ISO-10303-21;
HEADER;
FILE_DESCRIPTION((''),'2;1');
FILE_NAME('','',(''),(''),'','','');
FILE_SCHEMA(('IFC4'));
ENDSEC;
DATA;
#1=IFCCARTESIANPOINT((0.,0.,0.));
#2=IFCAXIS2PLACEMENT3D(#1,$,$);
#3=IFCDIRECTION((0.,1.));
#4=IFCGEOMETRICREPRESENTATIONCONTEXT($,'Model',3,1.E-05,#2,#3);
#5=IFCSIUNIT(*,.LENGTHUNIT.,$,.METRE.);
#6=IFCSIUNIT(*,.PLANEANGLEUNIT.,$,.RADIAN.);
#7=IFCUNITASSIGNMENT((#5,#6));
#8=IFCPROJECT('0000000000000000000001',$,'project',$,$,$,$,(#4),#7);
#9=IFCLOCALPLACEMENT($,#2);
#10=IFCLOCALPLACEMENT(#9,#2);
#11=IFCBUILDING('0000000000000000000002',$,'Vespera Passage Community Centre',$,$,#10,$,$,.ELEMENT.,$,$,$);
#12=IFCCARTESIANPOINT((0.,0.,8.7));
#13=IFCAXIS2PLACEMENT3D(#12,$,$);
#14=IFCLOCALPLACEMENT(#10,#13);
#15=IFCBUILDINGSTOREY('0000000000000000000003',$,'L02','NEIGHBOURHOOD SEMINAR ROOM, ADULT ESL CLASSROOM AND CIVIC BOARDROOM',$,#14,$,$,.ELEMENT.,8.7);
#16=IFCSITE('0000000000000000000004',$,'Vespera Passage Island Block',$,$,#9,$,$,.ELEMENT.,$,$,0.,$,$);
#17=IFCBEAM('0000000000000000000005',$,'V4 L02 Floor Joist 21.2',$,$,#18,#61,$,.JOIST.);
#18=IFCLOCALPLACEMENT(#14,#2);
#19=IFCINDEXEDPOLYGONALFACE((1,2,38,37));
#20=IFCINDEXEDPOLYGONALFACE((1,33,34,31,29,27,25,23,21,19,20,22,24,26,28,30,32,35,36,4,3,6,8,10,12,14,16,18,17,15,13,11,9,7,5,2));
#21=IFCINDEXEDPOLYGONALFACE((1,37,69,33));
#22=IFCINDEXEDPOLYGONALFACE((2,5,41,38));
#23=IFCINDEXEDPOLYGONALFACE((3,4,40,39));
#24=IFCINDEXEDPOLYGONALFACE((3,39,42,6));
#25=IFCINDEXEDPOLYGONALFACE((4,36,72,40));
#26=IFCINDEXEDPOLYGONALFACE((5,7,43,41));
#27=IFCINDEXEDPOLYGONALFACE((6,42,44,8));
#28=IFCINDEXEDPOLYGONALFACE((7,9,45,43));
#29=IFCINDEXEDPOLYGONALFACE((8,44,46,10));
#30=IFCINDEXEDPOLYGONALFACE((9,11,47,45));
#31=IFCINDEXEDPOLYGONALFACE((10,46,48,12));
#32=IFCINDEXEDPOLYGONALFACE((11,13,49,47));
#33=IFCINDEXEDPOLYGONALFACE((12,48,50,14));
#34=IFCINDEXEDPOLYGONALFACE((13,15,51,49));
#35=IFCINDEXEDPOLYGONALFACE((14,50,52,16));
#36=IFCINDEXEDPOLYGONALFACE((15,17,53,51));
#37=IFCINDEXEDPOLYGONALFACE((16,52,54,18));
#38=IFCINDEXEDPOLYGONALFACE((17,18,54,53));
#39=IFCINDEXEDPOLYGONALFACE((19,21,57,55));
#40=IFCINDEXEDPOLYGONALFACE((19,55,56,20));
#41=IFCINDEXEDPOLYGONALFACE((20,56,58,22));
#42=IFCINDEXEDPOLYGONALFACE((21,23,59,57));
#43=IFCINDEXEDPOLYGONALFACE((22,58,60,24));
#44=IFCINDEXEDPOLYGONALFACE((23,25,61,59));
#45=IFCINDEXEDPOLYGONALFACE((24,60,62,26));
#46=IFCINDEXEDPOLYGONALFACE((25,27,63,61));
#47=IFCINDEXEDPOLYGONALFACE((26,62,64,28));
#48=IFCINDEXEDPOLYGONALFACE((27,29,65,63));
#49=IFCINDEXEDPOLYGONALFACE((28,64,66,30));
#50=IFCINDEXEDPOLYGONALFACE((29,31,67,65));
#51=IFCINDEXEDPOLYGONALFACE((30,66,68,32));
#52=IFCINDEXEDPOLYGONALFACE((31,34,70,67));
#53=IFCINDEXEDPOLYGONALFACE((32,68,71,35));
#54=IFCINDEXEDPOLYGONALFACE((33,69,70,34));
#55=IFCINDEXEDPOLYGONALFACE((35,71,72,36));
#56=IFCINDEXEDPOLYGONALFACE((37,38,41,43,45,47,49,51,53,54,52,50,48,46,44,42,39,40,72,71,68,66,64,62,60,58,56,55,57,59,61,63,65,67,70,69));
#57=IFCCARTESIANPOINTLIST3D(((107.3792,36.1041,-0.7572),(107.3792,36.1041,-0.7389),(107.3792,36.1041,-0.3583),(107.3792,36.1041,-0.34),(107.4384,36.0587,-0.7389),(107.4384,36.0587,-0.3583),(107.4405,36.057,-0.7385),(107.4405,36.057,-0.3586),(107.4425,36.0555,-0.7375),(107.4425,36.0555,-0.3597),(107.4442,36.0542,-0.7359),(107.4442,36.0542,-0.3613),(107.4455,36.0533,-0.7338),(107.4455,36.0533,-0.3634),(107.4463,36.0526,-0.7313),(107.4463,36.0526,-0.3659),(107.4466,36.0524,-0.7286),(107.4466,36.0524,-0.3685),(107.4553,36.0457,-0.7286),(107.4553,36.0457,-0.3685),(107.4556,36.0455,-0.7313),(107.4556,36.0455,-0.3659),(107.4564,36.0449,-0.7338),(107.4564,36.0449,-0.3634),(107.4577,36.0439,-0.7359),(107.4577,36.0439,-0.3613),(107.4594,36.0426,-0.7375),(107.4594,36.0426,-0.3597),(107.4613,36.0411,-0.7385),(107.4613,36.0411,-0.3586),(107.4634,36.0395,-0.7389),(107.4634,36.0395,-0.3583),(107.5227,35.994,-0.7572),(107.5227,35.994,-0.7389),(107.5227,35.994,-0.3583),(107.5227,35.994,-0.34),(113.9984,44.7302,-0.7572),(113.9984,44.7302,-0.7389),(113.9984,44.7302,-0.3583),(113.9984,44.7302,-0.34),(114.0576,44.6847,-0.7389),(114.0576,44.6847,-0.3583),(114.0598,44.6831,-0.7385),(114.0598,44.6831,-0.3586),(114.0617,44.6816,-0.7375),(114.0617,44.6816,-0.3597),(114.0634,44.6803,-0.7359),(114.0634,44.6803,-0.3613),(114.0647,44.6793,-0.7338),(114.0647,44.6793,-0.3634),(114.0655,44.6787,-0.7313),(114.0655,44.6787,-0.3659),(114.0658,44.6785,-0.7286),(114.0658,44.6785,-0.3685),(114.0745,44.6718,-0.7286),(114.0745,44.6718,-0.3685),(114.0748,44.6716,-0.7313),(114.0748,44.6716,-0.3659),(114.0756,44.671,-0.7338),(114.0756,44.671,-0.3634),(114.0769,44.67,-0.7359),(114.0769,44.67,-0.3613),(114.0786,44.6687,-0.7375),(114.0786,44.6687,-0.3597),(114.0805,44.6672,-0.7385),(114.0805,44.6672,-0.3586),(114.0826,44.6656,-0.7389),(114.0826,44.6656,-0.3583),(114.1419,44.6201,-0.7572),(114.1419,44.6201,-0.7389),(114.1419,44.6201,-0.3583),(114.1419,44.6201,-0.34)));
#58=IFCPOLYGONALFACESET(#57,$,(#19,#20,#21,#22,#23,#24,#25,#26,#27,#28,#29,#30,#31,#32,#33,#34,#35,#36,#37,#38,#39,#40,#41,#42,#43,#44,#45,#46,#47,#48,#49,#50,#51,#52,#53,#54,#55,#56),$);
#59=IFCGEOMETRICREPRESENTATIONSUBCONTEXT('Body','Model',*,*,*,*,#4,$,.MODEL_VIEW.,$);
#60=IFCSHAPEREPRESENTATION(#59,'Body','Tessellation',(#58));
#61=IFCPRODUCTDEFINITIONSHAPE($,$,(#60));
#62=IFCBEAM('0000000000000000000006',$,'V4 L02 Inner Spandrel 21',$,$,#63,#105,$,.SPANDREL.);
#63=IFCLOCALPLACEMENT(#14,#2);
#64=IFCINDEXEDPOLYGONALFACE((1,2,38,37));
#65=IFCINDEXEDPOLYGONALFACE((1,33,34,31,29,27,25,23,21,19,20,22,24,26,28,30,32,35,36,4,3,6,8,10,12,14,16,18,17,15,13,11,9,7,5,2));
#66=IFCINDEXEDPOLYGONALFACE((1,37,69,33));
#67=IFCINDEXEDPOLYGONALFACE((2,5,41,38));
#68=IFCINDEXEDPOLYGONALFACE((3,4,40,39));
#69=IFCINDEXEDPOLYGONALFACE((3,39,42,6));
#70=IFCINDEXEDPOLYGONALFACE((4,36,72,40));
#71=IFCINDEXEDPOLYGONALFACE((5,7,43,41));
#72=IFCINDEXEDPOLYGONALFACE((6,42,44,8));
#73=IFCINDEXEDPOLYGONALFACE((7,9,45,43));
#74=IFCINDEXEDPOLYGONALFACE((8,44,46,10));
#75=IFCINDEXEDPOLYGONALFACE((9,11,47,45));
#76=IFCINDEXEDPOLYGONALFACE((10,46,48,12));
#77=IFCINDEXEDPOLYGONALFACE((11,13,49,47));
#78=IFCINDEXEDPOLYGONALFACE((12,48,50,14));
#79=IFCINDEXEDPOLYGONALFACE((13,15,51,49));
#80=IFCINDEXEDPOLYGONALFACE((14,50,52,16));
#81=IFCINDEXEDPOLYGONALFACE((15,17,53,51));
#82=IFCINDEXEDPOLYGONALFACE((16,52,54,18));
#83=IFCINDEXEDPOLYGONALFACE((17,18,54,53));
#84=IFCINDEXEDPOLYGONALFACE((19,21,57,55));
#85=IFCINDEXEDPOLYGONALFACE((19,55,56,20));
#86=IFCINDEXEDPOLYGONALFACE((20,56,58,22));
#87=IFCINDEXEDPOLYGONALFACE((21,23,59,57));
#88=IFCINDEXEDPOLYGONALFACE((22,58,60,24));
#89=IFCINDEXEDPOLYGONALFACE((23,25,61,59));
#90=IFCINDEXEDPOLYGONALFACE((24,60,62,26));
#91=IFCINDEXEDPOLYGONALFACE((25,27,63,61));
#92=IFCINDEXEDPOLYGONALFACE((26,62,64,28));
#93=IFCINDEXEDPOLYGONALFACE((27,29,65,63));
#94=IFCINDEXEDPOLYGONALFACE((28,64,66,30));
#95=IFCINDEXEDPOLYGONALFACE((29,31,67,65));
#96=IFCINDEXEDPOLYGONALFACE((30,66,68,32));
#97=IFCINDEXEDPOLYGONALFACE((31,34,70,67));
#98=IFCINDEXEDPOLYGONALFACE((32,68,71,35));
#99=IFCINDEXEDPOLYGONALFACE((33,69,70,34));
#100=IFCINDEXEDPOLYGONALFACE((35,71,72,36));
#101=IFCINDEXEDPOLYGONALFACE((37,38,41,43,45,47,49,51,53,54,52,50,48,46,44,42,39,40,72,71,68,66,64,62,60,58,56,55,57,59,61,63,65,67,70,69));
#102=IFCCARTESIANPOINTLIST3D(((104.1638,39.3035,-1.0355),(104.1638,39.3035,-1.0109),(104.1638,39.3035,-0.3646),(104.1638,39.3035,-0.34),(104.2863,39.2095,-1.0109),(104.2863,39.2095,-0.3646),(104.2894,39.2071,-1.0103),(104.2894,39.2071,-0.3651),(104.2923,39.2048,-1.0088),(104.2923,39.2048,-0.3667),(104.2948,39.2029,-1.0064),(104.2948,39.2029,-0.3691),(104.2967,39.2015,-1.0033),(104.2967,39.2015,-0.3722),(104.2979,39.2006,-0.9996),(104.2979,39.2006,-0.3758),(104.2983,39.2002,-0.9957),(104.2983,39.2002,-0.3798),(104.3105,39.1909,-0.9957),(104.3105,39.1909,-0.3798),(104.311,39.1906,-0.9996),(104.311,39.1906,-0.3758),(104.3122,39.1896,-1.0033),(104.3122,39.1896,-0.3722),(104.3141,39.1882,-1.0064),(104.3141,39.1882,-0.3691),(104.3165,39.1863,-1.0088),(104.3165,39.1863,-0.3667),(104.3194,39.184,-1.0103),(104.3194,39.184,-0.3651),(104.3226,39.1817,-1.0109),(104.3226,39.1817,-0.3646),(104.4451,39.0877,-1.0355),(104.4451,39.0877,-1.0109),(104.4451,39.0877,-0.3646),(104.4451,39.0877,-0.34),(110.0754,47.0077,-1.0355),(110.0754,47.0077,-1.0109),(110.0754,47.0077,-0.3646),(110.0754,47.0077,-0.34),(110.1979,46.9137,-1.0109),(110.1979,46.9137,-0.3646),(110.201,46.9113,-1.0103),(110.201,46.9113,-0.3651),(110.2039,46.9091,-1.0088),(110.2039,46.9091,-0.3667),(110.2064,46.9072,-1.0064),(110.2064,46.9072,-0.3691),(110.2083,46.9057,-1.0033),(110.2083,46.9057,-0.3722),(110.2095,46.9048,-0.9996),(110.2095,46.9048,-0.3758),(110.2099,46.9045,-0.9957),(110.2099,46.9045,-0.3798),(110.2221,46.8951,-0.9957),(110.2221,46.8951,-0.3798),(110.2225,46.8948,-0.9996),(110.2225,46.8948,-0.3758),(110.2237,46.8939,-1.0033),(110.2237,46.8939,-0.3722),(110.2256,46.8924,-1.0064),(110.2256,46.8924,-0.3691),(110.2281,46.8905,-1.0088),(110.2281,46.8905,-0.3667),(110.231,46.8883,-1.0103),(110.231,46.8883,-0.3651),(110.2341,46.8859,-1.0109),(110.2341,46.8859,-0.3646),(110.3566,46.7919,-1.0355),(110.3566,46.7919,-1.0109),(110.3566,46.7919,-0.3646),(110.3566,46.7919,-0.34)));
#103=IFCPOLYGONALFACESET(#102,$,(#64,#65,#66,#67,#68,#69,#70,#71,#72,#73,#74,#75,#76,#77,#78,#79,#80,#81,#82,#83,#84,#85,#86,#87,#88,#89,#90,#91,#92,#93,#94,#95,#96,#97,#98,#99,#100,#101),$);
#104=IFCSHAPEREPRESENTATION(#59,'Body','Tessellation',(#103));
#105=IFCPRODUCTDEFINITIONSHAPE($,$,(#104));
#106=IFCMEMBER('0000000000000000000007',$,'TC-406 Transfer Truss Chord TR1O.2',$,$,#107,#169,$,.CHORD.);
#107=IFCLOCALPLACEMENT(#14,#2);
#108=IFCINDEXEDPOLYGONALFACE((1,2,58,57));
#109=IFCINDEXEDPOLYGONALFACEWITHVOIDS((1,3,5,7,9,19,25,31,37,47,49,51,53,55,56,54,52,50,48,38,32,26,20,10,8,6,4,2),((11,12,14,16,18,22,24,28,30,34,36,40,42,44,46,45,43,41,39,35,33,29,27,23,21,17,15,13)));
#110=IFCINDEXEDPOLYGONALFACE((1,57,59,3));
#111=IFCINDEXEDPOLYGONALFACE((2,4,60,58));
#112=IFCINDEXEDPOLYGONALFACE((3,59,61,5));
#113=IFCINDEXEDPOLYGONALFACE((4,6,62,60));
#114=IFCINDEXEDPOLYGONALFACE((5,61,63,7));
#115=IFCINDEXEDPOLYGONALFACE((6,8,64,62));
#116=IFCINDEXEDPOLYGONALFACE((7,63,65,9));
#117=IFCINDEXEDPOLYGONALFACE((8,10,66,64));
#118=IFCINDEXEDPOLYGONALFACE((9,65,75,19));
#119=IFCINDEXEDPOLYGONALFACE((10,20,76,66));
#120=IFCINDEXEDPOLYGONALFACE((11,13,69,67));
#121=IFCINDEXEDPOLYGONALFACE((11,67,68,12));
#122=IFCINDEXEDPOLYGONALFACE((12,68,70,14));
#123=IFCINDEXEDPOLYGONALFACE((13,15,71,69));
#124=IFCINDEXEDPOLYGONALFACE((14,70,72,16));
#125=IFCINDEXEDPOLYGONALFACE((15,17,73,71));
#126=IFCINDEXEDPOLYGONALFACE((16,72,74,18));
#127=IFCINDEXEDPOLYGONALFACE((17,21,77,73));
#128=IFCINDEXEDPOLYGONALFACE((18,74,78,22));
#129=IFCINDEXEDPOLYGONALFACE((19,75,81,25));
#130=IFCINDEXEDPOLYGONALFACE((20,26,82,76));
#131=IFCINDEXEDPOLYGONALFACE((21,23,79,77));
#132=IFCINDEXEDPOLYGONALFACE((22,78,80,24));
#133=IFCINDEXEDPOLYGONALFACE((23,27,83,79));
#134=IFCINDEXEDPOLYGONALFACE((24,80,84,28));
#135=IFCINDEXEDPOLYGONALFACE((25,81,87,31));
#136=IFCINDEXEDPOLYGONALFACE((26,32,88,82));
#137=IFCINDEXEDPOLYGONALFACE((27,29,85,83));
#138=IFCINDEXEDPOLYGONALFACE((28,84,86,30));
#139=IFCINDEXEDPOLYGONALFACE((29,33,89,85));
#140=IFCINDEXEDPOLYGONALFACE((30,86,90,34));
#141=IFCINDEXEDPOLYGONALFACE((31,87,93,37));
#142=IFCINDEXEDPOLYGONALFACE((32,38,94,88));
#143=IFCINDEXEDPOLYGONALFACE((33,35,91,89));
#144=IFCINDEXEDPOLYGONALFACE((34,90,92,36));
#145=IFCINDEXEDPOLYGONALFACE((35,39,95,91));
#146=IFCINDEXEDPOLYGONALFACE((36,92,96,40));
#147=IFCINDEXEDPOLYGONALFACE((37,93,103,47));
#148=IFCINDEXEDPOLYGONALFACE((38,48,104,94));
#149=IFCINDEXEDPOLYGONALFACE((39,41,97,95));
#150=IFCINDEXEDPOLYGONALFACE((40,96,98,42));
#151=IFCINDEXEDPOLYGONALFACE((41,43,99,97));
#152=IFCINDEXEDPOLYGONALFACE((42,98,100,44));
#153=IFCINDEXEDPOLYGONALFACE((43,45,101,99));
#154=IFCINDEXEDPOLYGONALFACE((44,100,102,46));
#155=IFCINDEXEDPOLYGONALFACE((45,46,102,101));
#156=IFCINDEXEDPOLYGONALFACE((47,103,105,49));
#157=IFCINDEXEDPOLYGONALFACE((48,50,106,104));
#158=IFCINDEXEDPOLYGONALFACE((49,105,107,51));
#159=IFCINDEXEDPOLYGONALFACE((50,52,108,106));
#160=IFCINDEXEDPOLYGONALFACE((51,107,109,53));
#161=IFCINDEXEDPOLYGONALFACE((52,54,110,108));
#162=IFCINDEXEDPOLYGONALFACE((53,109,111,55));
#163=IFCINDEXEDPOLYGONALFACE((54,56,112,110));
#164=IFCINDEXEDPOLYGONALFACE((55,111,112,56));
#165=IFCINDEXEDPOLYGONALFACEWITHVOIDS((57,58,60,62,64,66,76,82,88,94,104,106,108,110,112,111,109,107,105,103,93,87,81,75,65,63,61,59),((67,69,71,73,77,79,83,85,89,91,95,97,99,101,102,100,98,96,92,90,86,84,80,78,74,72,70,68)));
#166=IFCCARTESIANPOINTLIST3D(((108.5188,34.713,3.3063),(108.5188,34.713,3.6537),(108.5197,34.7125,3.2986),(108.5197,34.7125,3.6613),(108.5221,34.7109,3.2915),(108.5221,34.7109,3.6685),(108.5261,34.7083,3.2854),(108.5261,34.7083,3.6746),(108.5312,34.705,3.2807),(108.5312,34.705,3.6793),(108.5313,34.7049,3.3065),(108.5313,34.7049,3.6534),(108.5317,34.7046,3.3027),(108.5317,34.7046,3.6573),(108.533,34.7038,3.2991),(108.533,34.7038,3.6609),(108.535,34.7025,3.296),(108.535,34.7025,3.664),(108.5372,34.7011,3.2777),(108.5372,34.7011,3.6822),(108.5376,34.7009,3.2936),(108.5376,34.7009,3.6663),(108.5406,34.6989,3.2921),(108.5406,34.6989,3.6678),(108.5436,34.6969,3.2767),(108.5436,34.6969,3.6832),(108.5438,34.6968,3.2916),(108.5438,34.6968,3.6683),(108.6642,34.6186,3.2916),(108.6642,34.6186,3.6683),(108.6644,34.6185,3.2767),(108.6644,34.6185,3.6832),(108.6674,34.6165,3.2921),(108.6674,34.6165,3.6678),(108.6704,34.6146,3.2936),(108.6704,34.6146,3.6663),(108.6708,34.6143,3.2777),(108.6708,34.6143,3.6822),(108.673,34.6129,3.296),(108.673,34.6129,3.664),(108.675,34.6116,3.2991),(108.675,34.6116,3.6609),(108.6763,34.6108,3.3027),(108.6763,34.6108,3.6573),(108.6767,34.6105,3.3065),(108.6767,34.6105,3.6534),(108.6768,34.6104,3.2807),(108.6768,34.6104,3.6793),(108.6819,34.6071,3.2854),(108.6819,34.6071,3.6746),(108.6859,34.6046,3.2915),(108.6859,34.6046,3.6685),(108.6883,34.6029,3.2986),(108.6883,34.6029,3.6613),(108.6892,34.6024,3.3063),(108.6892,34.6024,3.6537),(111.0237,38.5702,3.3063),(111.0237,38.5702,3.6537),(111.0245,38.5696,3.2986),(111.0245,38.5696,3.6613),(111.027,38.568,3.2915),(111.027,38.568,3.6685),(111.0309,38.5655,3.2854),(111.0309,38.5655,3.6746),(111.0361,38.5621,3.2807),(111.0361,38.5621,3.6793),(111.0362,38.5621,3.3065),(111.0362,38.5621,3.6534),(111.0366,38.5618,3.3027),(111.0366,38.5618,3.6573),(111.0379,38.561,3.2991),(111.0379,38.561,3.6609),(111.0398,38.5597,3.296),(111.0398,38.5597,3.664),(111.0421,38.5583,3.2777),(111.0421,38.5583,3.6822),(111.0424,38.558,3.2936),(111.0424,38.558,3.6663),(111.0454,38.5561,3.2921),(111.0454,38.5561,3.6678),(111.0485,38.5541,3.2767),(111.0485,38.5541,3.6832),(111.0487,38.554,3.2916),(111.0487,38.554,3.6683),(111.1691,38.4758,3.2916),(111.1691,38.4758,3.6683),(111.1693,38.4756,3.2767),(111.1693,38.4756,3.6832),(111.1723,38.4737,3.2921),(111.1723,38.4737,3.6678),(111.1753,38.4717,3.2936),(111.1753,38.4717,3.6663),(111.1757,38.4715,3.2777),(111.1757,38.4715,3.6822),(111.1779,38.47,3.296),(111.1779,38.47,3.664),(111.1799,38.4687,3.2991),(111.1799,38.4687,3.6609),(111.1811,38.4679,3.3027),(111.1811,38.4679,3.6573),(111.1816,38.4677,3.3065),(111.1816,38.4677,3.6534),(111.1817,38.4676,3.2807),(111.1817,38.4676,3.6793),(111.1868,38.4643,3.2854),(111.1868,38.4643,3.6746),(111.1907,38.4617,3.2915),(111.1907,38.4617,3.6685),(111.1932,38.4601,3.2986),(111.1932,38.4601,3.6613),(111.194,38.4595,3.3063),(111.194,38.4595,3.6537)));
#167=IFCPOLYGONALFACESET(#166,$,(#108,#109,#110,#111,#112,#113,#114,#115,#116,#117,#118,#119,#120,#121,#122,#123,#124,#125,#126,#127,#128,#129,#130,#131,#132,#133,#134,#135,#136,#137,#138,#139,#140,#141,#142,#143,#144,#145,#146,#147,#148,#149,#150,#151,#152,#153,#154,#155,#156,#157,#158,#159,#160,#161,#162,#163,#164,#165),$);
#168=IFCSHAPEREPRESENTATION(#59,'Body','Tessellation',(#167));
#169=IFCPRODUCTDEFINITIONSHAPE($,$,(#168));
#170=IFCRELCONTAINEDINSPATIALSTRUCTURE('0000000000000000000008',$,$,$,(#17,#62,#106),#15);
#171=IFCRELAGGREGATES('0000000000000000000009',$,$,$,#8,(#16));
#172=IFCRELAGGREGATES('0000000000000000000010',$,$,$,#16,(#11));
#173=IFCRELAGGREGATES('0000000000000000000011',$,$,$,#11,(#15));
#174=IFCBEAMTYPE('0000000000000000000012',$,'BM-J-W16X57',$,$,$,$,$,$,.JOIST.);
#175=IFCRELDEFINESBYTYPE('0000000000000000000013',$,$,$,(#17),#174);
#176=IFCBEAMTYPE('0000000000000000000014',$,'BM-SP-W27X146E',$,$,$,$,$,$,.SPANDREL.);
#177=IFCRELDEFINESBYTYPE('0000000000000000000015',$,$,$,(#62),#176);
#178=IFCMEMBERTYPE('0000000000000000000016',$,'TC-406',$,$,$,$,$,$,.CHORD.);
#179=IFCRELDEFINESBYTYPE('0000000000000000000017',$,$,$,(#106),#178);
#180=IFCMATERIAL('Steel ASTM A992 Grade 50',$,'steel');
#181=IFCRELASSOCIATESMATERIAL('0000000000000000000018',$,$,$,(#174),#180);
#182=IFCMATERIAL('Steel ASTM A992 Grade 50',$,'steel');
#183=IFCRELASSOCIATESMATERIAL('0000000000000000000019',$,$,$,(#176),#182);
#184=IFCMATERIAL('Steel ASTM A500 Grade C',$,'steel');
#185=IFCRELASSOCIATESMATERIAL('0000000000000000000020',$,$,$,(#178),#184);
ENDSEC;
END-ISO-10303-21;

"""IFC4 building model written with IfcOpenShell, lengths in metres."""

from ifc_helpers import new_model, si_unit, direction, frame, origin, origin_2d, place, context, subcontext, project, spatial, hollow_rectangle, i_section, extrude, material, material_profile, profile_set, type_object, element, save


model = new_model("IFC4")

# Units and contexts
model_context = context("Model", 3, precision=1e-05, world=origin(), true_north=direction((0.0, 1.0)))
body_context = subcontext(model_context, "Body", "Model", "MODEL_VIEW")
ifc_project = project(units=[si_unit("LENGTHUNIT", "METRE"), si_unit("PLANEANGLEUNIT", "RADIAN")], contexts=[model_context])

# Site, building, storey
site_placement = place(None, origin())
site = spatial("IfcSite", under=ifc_project, at=site_placement, Name="Vespera Passage Island Block", CompositionType="ELEMENT", RefElevation=0.0)
building_placement = place(site_placement, origin())
building = spatial("IfcBuilding", under=site, at=building_placement, Name="Vespera Passage Community Centre", CompositionType="ELEMENT")
storey_placement = place(building_placement, frame((0.0, 0.0, 8.7)))
storey = spatial("IfcBuildingStorey", under=building, at=storey_placement, Name="L02", Description="NEIGHBOURHOOD SEMINAR ROOM, ADULT ESL CLASSROOM AND CIVIC BOARDROOM", CompositionType="ELEMENT", Elevation=8.7)

# Beams
ifc_material_1 = material(Name="Steel ASTM A992 Grade 50", Category="steel")
ifc_material_profile_1 = material_profile(ifc_material_1, i_section(OverallWidth=0.1809, OverallDepth=0.4172, WebThickness=0.011, FlangeThickness=0.0183, FilletRadius=0.0103, at=origin_2d()), Name="W16X57")
ifc_profile_set_1 = profile_set([ifc_material_profile_1], Name="Steel ASTM A992 Grade 50")
beam_type_1 = type_object("IfcBeamType", Name="BM-J-W16X57", PredefinedType="JOIST", material=ifc_profile_set_1)
beam_1_placement = place(storey_placement, frame((107.4509, 36.0491, -0.5486), z_axis=(0.608773, 0.793345, 0.0), x_axis=(-0.793345, 0.608773, 0.0)))
element("IfcBeam", 1, at=beam_1_placement, inside=storey, type_object=beam_type_1, Name="V4 L02 Floor Joist 21.2", PredefinedType="JOIST", context=body_context, shape_type="SweptSolid", body=[
    extrude(i_section(OverallWidth=0.1809, OverallDepth=0.4172, WebThickness=0.011, FlangeThickness=0.0183, FilletRadius=0.0103, at=origin_2d()), origin(), (0.0, 0.0, 1.0), 10.873),
])
ifc_material_2 = material(Name="Steel ASTM A992 Grade 50", Category="steel")
ifc_material_profile_2 = material_profile(ifc_material_2, i_section(OverallWidth=0.3545, OverallDepth=0.6956, WebThickness=0.0154, FlangeThickness=0.0247, FilletRadius=0.0151, at=origin_2d()), Name="W27X146")
ifc_profile_set_2 = profile_set([ifc_material_profile_2], Name="Steel ASTM A992 Grade 50")
beam_type_2 = type_object("IfcBeamType", Name="BM-SP-W27X146E", PredefinedType="SPANDREL", material=ifc_profile_set_2)
beam_2_placement = place(storey_placement, frame((104.3044, 39.1956, -0.6877), z_axis=(0.608753, 0.79336, 0.0), x_axis=(-0.79336, 0.608753, 0.0)))
element("IfcBeam", 2, at=beam_2_placement, inside=storey, type_object=beam_type_2, Name="V4 L02 Inner Spandrel 21", PredefinedType="SPANDREL", context=body_context, shape_type="SweptSolid", body=[
    extrude(i_section(OverallWidth=0.3545, OverallDepth=0.6956, WebThickness=0.0154, FlangeThickness=0.0247, FilletRadius=0.0151, at=origin_2d()), origin(), (0.0, 0.0, 1.0), 9.7109),
])

# Member
ifc_material_3 = material(Name="Steel ASTM A500 Grade C", Category="steel")
ifc_material_profile_3 = material_profile(ifc_material_3, hollow_rectangle(XDim=0.2031, YDim=0.4065, WallThickness=0.0149, InnerFilletRadius=0.0149, OuterFilletRadius=0.0295, at=origin_2d()), Name="HSS406X203X15.9")
ifc_profile_set_3 = profile_set([ifc_material_profile_3], Name="Steel ASTM A500 Grade C")
member_type_1 = type_object("IfcMemberType", Name="TC-406", PredefinedType="CHORD", material=ifc_profile_set_3)
member_1_placement = place(storey_placement, frame((108.604, 34.6577, 3.48), z_axis=(0.544639, 0.83867, 0.0), x_axis=(-0.83867, 0.544639, 0.0)))
element("IfcMember", 3, at=member_1_placement, inside=storey, type_object=member_type_1, Name="TC-406 Transfer Truss Chord TR1O.2", PredefinedType="CHORD", context=body_context, shape_type="SweptSolid", body=[
    extrude(hollow_rectangle(XDim=0.2031, YDim=0.4065, WallThickness=0.0149, InnerFilletRadius=0.0149, OuterFilletRadius=0.0295, at=origin_2d()), origin(), (0.0, 0.0, 1.0), 4.5991),
])

save(model, "model.ifc")
